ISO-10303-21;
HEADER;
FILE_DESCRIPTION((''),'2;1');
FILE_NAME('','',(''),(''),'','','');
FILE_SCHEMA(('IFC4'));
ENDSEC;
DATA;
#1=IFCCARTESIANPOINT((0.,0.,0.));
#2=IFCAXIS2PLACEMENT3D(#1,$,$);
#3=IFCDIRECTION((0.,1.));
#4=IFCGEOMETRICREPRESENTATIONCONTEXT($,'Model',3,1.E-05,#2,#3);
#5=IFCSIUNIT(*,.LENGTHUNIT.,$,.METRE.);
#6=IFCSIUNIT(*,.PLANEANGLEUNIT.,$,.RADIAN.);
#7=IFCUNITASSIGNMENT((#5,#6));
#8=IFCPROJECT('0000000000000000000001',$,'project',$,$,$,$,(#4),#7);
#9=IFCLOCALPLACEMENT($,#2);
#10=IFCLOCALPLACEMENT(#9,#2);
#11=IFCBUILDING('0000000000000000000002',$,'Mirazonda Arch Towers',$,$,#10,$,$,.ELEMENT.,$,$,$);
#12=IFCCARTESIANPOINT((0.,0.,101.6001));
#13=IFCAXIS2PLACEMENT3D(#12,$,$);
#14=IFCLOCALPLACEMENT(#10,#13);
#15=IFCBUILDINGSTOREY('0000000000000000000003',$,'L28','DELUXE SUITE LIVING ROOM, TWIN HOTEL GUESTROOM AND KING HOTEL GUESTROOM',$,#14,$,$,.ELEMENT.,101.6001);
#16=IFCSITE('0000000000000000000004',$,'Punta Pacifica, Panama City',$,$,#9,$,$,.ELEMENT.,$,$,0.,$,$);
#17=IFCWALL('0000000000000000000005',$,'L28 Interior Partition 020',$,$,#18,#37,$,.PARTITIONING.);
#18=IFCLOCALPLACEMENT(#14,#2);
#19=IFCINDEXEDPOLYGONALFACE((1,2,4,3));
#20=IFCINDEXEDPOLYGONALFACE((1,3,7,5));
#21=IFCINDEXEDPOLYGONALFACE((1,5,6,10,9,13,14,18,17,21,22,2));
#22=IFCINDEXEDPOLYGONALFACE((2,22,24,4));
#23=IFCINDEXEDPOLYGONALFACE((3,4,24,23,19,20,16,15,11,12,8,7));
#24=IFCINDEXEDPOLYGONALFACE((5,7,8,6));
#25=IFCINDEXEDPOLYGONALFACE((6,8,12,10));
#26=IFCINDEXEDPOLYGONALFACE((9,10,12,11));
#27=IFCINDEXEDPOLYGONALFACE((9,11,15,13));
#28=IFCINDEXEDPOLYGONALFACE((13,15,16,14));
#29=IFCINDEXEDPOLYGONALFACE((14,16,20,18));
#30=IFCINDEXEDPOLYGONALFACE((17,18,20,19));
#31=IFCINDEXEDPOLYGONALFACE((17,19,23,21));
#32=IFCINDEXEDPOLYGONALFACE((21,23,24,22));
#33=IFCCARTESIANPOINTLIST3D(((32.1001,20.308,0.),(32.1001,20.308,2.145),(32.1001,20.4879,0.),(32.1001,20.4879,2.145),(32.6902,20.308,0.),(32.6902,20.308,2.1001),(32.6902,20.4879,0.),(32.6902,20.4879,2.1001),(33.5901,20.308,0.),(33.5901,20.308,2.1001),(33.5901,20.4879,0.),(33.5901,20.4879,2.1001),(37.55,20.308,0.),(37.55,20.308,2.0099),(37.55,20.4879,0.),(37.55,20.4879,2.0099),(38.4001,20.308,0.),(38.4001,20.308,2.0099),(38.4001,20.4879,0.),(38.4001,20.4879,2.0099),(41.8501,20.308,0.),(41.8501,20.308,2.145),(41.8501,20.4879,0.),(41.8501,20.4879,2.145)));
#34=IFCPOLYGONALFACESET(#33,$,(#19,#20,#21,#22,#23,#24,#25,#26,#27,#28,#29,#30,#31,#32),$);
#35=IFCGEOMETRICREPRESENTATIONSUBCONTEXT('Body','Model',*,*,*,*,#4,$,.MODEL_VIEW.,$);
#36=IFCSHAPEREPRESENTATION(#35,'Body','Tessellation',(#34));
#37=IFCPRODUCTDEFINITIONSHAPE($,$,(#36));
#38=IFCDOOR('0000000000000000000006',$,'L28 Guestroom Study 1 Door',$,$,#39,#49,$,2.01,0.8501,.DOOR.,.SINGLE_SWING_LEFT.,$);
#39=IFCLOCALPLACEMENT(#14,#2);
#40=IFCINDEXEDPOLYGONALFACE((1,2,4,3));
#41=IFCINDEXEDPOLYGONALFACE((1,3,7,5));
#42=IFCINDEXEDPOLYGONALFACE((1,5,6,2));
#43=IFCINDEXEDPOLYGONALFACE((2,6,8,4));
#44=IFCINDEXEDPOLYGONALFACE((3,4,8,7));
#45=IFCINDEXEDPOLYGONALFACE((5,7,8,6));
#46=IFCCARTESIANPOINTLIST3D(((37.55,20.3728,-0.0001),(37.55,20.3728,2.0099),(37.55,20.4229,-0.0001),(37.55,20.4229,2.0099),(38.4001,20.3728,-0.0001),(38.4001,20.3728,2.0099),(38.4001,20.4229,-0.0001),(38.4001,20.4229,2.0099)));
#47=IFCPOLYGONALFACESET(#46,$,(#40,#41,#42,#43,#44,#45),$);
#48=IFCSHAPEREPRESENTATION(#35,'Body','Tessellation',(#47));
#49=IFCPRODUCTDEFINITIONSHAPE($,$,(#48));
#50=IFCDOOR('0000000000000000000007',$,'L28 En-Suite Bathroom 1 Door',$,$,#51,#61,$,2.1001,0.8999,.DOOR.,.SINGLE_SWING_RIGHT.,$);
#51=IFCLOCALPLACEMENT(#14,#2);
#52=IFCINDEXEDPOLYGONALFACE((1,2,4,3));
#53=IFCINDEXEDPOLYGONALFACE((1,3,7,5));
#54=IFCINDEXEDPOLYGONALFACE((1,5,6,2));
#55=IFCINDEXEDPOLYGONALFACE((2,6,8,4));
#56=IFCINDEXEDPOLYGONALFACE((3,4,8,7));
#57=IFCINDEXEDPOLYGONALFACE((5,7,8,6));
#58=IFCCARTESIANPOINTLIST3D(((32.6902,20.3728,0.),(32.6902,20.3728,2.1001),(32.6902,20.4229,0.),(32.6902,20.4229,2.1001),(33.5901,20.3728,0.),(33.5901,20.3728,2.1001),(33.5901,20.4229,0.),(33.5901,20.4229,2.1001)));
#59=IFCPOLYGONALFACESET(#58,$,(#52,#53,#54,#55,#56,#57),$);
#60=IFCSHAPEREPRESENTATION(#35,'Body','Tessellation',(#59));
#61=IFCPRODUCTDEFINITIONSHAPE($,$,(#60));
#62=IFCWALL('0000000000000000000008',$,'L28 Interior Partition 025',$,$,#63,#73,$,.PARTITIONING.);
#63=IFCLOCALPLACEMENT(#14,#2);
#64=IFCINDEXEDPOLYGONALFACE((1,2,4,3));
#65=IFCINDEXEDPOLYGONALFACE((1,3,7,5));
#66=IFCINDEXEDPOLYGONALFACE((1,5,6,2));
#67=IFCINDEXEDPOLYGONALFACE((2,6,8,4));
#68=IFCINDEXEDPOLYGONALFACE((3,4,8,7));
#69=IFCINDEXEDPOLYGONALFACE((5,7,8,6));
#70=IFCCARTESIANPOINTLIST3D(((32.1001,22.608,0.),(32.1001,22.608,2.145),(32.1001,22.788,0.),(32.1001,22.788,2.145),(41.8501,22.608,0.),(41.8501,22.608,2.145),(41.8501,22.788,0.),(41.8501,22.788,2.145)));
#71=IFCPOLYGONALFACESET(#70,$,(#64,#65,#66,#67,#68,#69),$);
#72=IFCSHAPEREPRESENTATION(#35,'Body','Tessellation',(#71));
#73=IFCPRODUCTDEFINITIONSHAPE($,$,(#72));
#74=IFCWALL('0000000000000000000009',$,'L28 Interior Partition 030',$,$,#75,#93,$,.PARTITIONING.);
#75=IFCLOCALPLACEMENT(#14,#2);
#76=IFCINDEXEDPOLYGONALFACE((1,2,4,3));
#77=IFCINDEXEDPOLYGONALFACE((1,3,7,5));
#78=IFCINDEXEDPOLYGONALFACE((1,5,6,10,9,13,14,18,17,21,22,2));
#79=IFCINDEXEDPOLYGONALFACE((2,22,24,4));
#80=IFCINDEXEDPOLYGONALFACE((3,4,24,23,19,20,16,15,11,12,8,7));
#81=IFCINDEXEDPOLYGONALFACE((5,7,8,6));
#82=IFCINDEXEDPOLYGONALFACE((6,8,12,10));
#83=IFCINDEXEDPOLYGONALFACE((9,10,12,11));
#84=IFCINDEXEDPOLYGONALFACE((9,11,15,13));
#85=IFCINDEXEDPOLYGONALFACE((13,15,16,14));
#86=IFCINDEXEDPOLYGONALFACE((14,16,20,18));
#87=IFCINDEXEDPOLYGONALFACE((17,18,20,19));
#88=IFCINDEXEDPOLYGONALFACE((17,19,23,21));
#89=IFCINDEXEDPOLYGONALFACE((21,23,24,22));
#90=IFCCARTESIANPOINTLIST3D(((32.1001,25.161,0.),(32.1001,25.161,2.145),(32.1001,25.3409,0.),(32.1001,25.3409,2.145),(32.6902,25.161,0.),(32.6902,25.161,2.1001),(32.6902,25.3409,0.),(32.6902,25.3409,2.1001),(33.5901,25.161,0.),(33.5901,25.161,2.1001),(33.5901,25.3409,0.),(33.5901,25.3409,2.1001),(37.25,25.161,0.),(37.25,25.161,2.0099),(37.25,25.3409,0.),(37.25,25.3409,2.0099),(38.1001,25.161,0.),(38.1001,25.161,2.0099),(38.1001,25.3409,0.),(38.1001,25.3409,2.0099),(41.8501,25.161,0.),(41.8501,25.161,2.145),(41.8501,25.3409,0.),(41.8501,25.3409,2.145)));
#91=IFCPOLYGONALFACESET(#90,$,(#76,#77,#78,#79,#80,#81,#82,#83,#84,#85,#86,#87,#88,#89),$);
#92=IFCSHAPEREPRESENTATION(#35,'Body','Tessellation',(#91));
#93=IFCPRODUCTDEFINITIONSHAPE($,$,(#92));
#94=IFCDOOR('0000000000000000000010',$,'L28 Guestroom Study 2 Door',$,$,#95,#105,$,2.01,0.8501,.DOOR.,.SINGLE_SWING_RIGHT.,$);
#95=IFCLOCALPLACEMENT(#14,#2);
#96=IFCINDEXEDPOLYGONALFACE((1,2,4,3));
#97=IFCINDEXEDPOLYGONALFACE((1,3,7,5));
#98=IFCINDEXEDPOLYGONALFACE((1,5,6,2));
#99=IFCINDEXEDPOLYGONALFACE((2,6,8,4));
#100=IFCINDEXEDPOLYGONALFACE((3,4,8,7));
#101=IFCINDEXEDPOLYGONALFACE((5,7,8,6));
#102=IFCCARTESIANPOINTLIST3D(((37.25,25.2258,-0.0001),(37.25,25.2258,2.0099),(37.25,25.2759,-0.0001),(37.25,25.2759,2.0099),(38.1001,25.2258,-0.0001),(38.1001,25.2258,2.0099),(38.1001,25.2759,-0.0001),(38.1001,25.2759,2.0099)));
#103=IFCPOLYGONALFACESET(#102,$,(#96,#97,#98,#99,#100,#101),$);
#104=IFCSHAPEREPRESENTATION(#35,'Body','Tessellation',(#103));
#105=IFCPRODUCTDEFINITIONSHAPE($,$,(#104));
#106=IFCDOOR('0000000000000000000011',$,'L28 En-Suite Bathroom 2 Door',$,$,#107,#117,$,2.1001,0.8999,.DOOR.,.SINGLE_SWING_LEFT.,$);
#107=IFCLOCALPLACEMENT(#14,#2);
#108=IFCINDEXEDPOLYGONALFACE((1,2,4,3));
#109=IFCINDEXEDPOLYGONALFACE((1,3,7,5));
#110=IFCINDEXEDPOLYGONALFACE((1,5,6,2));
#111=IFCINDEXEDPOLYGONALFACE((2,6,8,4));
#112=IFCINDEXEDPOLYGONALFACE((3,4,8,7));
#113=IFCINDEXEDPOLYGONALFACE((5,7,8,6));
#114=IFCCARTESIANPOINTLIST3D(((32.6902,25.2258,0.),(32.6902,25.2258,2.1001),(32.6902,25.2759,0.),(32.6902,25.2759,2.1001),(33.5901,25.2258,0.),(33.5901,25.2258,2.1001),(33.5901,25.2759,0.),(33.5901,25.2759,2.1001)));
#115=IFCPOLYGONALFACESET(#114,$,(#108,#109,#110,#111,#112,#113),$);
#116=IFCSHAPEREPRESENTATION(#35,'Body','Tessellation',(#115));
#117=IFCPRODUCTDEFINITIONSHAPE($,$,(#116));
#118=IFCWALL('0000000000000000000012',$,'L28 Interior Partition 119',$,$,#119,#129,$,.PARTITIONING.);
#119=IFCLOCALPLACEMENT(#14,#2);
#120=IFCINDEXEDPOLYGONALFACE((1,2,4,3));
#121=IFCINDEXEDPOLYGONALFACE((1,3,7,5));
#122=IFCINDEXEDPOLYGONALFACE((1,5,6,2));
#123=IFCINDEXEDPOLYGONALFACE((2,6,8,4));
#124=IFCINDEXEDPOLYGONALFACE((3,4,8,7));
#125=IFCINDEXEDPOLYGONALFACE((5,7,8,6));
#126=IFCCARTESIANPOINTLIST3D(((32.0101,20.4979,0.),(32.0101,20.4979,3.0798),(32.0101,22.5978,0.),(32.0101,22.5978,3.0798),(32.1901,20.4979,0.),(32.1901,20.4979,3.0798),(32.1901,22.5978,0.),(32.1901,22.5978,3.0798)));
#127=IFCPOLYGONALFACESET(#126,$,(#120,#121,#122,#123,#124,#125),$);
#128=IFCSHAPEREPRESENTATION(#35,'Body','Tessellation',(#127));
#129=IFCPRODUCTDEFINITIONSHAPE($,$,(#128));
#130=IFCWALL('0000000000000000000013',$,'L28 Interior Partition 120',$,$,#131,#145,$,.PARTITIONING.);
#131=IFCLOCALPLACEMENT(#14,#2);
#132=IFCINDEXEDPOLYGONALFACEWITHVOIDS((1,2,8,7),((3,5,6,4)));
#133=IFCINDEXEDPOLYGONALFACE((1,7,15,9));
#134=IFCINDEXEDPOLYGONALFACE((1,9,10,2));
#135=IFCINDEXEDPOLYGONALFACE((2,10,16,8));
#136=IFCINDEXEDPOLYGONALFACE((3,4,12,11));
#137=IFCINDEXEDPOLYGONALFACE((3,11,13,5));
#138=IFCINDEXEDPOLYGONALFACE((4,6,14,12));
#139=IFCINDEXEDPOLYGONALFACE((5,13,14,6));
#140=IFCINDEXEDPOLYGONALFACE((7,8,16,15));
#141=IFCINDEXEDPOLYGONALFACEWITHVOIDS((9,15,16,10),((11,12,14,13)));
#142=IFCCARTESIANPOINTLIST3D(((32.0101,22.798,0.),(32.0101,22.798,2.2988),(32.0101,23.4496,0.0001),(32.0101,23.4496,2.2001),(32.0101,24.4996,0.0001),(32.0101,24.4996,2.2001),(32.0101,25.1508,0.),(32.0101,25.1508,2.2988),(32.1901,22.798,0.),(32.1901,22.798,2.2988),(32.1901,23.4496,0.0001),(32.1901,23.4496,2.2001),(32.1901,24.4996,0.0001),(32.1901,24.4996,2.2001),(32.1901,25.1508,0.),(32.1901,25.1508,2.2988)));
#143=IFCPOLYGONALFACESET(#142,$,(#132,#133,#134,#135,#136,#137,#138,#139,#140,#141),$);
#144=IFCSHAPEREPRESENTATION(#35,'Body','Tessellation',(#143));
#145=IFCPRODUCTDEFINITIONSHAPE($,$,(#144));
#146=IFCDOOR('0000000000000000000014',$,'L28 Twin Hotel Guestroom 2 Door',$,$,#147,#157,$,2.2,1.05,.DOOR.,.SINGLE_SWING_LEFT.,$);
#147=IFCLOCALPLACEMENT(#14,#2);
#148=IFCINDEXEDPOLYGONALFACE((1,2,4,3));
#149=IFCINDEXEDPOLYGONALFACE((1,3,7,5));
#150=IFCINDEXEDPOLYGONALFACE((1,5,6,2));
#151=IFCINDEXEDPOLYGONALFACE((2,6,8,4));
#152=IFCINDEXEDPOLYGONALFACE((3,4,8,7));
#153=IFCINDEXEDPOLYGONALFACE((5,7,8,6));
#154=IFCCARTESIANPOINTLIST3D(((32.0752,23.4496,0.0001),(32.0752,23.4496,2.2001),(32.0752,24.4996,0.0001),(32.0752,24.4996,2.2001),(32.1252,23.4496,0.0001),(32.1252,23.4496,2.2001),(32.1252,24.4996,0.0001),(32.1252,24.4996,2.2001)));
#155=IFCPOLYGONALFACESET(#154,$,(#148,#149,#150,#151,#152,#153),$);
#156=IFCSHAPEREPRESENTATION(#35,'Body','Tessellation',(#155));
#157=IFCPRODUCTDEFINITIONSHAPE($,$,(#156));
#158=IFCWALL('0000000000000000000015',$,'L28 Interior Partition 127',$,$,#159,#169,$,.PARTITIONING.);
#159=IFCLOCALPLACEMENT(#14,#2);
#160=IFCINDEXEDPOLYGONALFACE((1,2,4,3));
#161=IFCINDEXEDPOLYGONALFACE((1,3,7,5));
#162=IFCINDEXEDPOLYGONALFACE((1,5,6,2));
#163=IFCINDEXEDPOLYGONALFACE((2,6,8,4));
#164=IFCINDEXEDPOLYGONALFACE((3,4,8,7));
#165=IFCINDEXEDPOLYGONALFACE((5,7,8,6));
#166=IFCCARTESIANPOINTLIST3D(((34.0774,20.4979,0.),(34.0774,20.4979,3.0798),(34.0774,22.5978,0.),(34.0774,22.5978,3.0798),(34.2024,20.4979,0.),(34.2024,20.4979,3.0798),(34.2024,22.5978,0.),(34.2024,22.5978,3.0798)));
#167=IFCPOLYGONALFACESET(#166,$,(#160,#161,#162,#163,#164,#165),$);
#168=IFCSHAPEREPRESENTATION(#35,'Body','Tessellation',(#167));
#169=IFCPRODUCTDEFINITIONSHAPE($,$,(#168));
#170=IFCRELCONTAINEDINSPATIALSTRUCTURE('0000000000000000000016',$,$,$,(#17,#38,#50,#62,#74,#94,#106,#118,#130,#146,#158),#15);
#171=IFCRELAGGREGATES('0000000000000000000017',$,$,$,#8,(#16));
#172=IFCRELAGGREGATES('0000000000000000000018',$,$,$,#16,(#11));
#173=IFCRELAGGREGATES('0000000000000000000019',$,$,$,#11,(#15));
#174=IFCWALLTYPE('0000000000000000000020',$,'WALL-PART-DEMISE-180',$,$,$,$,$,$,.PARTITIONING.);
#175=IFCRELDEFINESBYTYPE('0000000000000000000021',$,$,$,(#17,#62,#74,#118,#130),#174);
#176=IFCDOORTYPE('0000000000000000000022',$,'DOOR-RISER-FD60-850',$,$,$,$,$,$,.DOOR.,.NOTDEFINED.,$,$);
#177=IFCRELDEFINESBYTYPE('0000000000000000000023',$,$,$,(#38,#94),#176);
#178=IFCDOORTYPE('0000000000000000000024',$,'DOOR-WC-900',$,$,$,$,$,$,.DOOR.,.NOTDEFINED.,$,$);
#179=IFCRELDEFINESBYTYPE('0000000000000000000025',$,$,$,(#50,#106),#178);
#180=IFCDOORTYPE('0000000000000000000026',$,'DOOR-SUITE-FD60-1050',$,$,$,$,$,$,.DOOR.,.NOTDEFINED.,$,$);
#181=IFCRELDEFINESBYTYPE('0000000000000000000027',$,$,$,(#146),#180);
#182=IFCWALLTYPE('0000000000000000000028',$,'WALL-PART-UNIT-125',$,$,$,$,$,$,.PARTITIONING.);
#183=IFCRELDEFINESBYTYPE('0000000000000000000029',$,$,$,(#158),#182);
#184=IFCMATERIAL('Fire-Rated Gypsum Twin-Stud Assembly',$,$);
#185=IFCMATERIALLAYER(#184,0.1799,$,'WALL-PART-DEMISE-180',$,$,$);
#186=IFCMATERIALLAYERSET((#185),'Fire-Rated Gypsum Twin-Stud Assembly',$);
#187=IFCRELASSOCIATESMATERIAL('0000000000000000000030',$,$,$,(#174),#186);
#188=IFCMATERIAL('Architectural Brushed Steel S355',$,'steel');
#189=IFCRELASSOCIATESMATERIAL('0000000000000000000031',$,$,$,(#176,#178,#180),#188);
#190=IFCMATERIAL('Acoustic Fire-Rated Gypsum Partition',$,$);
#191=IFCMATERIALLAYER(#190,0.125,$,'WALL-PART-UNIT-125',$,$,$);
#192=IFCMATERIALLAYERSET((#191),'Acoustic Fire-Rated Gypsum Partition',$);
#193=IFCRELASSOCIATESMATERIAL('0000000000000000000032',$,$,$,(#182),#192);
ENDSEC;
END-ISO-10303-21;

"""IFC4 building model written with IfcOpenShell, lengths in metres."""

from ifc_helpers import new_model, si_unit, direction, frame, frame_2d, origin, place, context, subcontext, project, spatial, rectangle, extrude, material, layer, layer_set, type_object, element, fill, save


model = new_model("IFC4")

# Units and contexts
model_context = context("Model", 3, precision=1e-05, world=origin(), true_north=direction((0.0, 1.0)))
body_context = subcontext(model_context, "Body", "Model", "MODEL_VIEW")
ifc_project = project(units=[si_unit("LENGTHUNIT", "METRE"), si_unit("PLANEANGLEUNIT", "RADIAN")], contexts=[model_context])

# Site, building, storey
site_placement = place(None, origin())
site = spatial("IfcSite", under=ifc_project, at=site_placement, Name="Punta Pacifica, Panama City", CompositionType="ELEMENT", RefElevation=0.0)
building_placement = place(site_placement, origin())
building = spatial("IfcBuilding", under=site, at=building_placement, Name="Mirazonda Arch Towers", CompositionType="ELEMENT")
storey_placement = place(building_placement, frame((0.0, 0.0, 101.6001)))
storey = spatial("IfcBuildingStorey", under=building, at=storey_placement, Name="L28", Description="DELUXE SUITE LIVING ROOM, TWIN HOTEL GUESTROOM AND KING HOTEL GUESTROOM", CompositionType="ELEMENT", Elevation=101.6001)

# Wall, openings, doors
ifc_material_1 = material(Name="Fire-Rated Gypsum Twin-Stud Assembly")
ifc_layer_1 = layer(ifc_material_1, 0.1799, Name="WALL-PART-DEMISE-180")
ifc_layer_set_1 = layer_set([ifc_layer_1], Name="Fire-Rated Gypsum Twin-Stud Assembly")
wall_type_1 = type_object("IfcWallType", Name="WALL-PART-DEMISE-180", PredefinedType="PARTITIONING", material=ifc_layer_set_1)
wall_1_placement = place(storey_placement, frame((32.1001, 20.3979, 0.0), z_axis=(0.0, 0.0, 1.0), x_axis=(1.0, 0.0, 0.0)))
wall_1 = element("IfcWall", 1, at=wall_1_placement, inside=storey, type_object=wall_type_1, Name="L28 Interior Partition 020", PredefinedType="PARTITIONING", context=body_context, shape_type="SweptSolid", body=[
    extrude(rectangle(XDim=9.75, YDim=0.1799, at=frame_2d((4.875, 0.0))), origin(), (0.0, 0.0, 1.0), 2.145),
])
opening_1_placement = place(wall_1_placement, frame((5.45, 0.0, 0.0)))
opening_1 = element("IfcOpeningElement", 2, at=opening_1_placement, cuts=wall_1, PredefinedType="OPENING", context=body_context, shape_type="SweptSolid", body=[
    extrude(rectangle(XDim=0.8501, YDim=2.01, at=frame_2d((0.425, 1.0049))), frame((0.0, 0.0999, 0.0), z_axis=(0.0, -1.0, 0.0), x_axis=(1.0, 0.0, 0.0)), (0.0, 0.0, 1.0), 0.2),
])
opening_2_placement = place(wall_1_placement, frame((0.5901, 0.0, 0.0)))
opening_2 = element("IfcOpeningElement", 3, at=opening_2_placement, cuts=wall_1, PredefinedType="OPENING", context=body_context, shape_type="SweptSolid", body=[
    extrude(rectangle(XDim=0.8999, YDim=2.1001, at=frame_2d((0.45, 1.05))), frame((0.0, 0.0999, 0.0), z_axis=(0.0, -1.0, 0.0), x_axis=(1.0, 0.0, 0.0)), (0.0, 0.0, 1.0), 0.2),
])
ifc_material_2 = material(Name="Architectural Brushed Steel S355", Category="steel")
door_type_1 = type_object("IfcDoorType", Name="DOOR-RISER-FD60-850", OperationType="NOTDEFINED", PredefinedType="DOOR", material=ifc_material_2)
door_1_placement = place(opening_1_placement, origin())
door_1 = element("IfcDoor", 4, at=door_1_placement, inside=storey, type_object=door_type_1, Name="L28 Guestroom Study 1 Door", OperationType="SINGLE_SWING_LEFT", OverallHeight=2.01, OverallWidth=0.8501, PredefinedType="DOOR", context=body_context, shape_type="SweptSolid", body=[
    extrude(rectangle(XDim=0.8501, YDim=2.01, at=frame_2d((0.425, 1.0049))), frame((0.0, 0.0249, 0.0), z_axis=(0.0, -1.0, 0.0), x_axis=(1.0, 0.0, 0.0)), (0.0, 0.0, 1.0), 0.05),
])
fill(opening_1, door_1)
door_type_2 = type_object("IfcDoorType", Name="DOOR-WC-900", OperationType="NOTDEFINED", PredefinedType="DOOR", material=ifc_material_2)
door_2_placement = place(opening_2_placement, origin())
door_2 = element("IfcDoor", 5, at=door_2_placement, inside=storey, type_object=door_type_2, Name="L28 En-Suite Bathroom 1 Door", OperationType="SINGLE_SWING_RIGHT", OverallHeight=2.1001, OverallWidth=0.8999, PredefinedType="DOOR", context=body_context, shape_type="SweptSolid", body=[
    extrude(rectangle(XDim=0.8999, YDim=2.1001, at=frame_2d((0.45, 1.05))), frame((0.0, 0.0249, 0.0), z_axis=(0.0, -1.0, 0.0), x_axis=(1.0, 0.0, 0.0)), (0.0, 0.0, 1.0), 0.05),
])
fill(opening_2, door_2)

# Wall
wall_2_placement = place(storey_placement, frame((32.1001, 22.698, 0.0), z_axis=(0.0, 0.0, 1.0), x_axis=(1.0, 0.0, 0.0)))
element("IfcWall", 6, at=wall_2_placement, inside=storey, type_object=wall_type_1, Name="L28 Interior Partition 025", PredefinedType="PARTITIONING", context=body_context, shape_type="SweptSolid", body=[
    extrude(rectangle(XDim=9.75, YDim=0.1799, at=frame_2d((4.875, 0.0))), origin(), (0.0, 0.0, 1.0), 2.145),
])

# Wall, openings, doors
wall_3_placement = place(storey_placement, frame((32.1001, 25.251, 0.0), z_axis=(0.0, 0.0, 1.0), x_axis=(1.0, 0.0, 0.0)))
wall_3 = element("IfcWall", 7, at=wall_3_placement, inside=storey, type_object=wall_type_1, Name="L28 Interior Partition 030", PredefinedType="PARTITIONING", context=body_context, shape_type="SweptSolid", body=[
    extrude(rectangle(XDim=9.75, YDim=0.1799, at=frame_2d((4.875, 0.0))), origin(), (0.0, 0.0, 1.0), 2.145),
])
opening_3_placement = place(wall_3_placement, frame((5.1499, 0.0, 0.0)))
opening_3 = element("IfcOpeningElement", 8, at=opening_3_placement, cuts=wall_3, PredefinedType="OPENING", context=body_context, shape_type="SweptSolid", body=[
    extrude(rectangle(XDim=0.8501, YDim=2.01, at=frame_2d((0.425, 1.0049))), frame((0.0, 0.0999, 0.0), z_axis=(0.0, -1.0, 0.0), x_axis=(1.0, 0.0, 0.0)), (0.0, 0.0, 1.0), 0.2),
])
opening_4_placement = place(wall_3_placement, frame((0.5901, 0.0, 0.0)))
opening_4 = element("IfcOpeningElement", 9, at=opening_4_placement, cuts=wall_3, PredefinedType="OPENING", context=body_context, shape_type="SweptSolid", body=[
    extrude(rectangle(XDim=0.8999, YDim=2.1001, at=frame_2d((0.45, 1.05))), frame((0.0, 0.0999, 0.0), z_axis=(0.0, -1.0, 0.0), x_axis=(1.0, 0.0, 0.0)), (0.0, 0.0, 1.0), 0.2),
])
door_3_placement = place(opening_3_placement, origin())
door_3 = element("IfcDoor", 10, at=door_3_placement, inside=storey, type_object=door_type_1, Name="L28 Guestroom Study 2 Door", OperationType="SINGLE_SWING_RIGHT", OverallHeight=2.01, OverallWidth=0.8501, PredefinedType="DOOR", context=body_context, shape_type="SweptSolid", body=[
    extrude(rectangle(XDim=0.8501, YDim=2.01, at=frame_2d((0.425, 1.0049))), frame((0.0, 0.0249, 0.0), z_axis=(0.0, -1.0, 0.0), x_axis=(1.0, 0.0, 0.0)), (0.0, 0.0, 1.0), 0.05),
])
fill(opening_3, door_3)
door_4_placement = place(opening_4_placement, origin())
door_4 = element("IfcDoor", 11, at=door_4_placement, inside=storey, type_object=door_type_2, Name="L28 En-Suite Bathroom 2 Door", OperationType="SINGLE_SWING_LEFT", OverallHeight=2.1001, OverallWidth=0.8999, PredefinedType="DOOR", context=body_context, shape_type="SweptSolid", body=[
    extrude(rectangle(XDim=0.8999, YDim=2.1001, at=frame_2d((0.45, 1.05))), frame((0.0, 0.0249, 0.0), z_axis=(0.0, -1.0, 0.0), x_axis=(1.0, 0.0, 0.0)), (0.0, 0.0, 1.0), 0.05),
])
fill(opening_4, door_4)

# Wall
wall_4_placement = place(storey_placement, frame((32.1001, 20.498, 0.0), z_axis=(0.0, 0.0, 1.0), x_axis=(0.0, 1.0, 0.0)))
element("IfcWall", 12, at=wall_4_placement, inside=storey, type_object=wall_type_1, Name="L28 Interior Partition 119", PredefinedType="PARTITIONING", context=body_context, shape_type="SweptSolid", body=[
    extrude(rectangle(XDim=2.0999, YDim=0.1799, at=frame_2d((1.0498, 0.0))), origin(), (0.0, 0.0, 1.0), 3.0798),
])

# Wall, opening, door
wall_5_placement = place(storey_placement, frame((32.1001, 22.7981, 0.0), z_axis=(0.0, 0.0, 1.0), x_axis=(0.0, 1.0, 0.0)))
wall_5 = element("IfcWall", 13, at=wall_5_placement, inside=storey, type_object=wall_type_1, Name="L28 Interior Partition 120", PredefinedType="PARTITIONING", context=body_context, shape_type="SweptSolid", body=[
    extrude(rectangle(XDim=2.3528, YDim=0.1799, at=frame_2d((1.1763, 0.0))), origin(), (0.0, 0.0, 1.0), 2.2988),
])
opening_5_placement = place(wall_5_placement, frame((0.6516, 0.0, 0.0)))
opening_5 = element("IfcOpeningElement", 14, at=opening_5_placement, cuts=wall_5, PredefinedType="OPENING", context=body_context, shape_type="SweptSolid", body=[
    extrude(rectangle(XDim=1.05, YDim=2.2, at=frame_2d((0.5249, 1.1001))), frame((0.0, 0.0999, 0.0), z_axis=(0.0, -1.0, 0.0), x_axis=(1.0, 0.0, 0.0)), (0.0, 0.0, 1.0), 0.2),
])
door_type_3 = type_object("IfcDoorType", Name="DOOR-SUITE-FD60-1050", OperationType="NOTDEFINED", PredefinedType="DOOR", material=ifc_material_2)
door_5_placement = place(opening_5_placement, origin())
door_5 = element("IfcDoor", 15, at=door_5_placement, inside=storey, type_object=door_type_3, Name="L28 Twin Hotel Guestroom 2 Door", OperationType="SINGLE_SWING_LEFT", OverallHeight=2.2, OverallWidth=1.05, PredefinedType="DOOR", context=body_context, shape_type="SweptSolid", body=[
    extrude(rectangle(XDim=1.05, YDim=2.2, at=frame_2d((0.5249, 1.1001))), frame((0.0, 0.0249, 0.0), z_axis=(0.0, -1.0, 0.0), x_axis=(1.0, 0.0, 0.0)), (0.0, 0.0, 1.0), 0.05),
])
fill(opening_5, door_5)

# Wall
ifc_material_3 = material(Name="Acoustic Fire-Rated Gypsum Partition")
ifc_layer_2 = layer(ifc_material_3, 0.125, Name="WALL-PART-UNIT-125")
ifc_layer_set_2 = layer_set([ifc_layer_2], Name="Acoustic Fire-Rated Gypsum Partition")
wall_type_2 = type_object("IfcWallType", Name="WALL-PART-UNIT-125", PredefinedType="PARTITIONING", material=ifc_layer_set_2)
wall_6_placement = place(storey_placement, frame((34.1399, 20.498, 0.0), z_axis=(0.0, 0.0, 1.0), x_axis=(0.0, 1.0, 0.0)))
element("IfcWall", 16, at=wall_6_placement, inside=storey, type_object=wall_type_2, Name="L28 Interior Partition 127", PredefinedType="PARTITIONING", context=body_context, shape_type="SweptSolid", body=[
    extrude(rectangle(XDim=2.0999, YDim=0.125, at=frame_2d((1.0498, 0.0))), origin(), (0.0, 0.0, 1.0), 3.0798),
])

save(model, "model.ifc")
